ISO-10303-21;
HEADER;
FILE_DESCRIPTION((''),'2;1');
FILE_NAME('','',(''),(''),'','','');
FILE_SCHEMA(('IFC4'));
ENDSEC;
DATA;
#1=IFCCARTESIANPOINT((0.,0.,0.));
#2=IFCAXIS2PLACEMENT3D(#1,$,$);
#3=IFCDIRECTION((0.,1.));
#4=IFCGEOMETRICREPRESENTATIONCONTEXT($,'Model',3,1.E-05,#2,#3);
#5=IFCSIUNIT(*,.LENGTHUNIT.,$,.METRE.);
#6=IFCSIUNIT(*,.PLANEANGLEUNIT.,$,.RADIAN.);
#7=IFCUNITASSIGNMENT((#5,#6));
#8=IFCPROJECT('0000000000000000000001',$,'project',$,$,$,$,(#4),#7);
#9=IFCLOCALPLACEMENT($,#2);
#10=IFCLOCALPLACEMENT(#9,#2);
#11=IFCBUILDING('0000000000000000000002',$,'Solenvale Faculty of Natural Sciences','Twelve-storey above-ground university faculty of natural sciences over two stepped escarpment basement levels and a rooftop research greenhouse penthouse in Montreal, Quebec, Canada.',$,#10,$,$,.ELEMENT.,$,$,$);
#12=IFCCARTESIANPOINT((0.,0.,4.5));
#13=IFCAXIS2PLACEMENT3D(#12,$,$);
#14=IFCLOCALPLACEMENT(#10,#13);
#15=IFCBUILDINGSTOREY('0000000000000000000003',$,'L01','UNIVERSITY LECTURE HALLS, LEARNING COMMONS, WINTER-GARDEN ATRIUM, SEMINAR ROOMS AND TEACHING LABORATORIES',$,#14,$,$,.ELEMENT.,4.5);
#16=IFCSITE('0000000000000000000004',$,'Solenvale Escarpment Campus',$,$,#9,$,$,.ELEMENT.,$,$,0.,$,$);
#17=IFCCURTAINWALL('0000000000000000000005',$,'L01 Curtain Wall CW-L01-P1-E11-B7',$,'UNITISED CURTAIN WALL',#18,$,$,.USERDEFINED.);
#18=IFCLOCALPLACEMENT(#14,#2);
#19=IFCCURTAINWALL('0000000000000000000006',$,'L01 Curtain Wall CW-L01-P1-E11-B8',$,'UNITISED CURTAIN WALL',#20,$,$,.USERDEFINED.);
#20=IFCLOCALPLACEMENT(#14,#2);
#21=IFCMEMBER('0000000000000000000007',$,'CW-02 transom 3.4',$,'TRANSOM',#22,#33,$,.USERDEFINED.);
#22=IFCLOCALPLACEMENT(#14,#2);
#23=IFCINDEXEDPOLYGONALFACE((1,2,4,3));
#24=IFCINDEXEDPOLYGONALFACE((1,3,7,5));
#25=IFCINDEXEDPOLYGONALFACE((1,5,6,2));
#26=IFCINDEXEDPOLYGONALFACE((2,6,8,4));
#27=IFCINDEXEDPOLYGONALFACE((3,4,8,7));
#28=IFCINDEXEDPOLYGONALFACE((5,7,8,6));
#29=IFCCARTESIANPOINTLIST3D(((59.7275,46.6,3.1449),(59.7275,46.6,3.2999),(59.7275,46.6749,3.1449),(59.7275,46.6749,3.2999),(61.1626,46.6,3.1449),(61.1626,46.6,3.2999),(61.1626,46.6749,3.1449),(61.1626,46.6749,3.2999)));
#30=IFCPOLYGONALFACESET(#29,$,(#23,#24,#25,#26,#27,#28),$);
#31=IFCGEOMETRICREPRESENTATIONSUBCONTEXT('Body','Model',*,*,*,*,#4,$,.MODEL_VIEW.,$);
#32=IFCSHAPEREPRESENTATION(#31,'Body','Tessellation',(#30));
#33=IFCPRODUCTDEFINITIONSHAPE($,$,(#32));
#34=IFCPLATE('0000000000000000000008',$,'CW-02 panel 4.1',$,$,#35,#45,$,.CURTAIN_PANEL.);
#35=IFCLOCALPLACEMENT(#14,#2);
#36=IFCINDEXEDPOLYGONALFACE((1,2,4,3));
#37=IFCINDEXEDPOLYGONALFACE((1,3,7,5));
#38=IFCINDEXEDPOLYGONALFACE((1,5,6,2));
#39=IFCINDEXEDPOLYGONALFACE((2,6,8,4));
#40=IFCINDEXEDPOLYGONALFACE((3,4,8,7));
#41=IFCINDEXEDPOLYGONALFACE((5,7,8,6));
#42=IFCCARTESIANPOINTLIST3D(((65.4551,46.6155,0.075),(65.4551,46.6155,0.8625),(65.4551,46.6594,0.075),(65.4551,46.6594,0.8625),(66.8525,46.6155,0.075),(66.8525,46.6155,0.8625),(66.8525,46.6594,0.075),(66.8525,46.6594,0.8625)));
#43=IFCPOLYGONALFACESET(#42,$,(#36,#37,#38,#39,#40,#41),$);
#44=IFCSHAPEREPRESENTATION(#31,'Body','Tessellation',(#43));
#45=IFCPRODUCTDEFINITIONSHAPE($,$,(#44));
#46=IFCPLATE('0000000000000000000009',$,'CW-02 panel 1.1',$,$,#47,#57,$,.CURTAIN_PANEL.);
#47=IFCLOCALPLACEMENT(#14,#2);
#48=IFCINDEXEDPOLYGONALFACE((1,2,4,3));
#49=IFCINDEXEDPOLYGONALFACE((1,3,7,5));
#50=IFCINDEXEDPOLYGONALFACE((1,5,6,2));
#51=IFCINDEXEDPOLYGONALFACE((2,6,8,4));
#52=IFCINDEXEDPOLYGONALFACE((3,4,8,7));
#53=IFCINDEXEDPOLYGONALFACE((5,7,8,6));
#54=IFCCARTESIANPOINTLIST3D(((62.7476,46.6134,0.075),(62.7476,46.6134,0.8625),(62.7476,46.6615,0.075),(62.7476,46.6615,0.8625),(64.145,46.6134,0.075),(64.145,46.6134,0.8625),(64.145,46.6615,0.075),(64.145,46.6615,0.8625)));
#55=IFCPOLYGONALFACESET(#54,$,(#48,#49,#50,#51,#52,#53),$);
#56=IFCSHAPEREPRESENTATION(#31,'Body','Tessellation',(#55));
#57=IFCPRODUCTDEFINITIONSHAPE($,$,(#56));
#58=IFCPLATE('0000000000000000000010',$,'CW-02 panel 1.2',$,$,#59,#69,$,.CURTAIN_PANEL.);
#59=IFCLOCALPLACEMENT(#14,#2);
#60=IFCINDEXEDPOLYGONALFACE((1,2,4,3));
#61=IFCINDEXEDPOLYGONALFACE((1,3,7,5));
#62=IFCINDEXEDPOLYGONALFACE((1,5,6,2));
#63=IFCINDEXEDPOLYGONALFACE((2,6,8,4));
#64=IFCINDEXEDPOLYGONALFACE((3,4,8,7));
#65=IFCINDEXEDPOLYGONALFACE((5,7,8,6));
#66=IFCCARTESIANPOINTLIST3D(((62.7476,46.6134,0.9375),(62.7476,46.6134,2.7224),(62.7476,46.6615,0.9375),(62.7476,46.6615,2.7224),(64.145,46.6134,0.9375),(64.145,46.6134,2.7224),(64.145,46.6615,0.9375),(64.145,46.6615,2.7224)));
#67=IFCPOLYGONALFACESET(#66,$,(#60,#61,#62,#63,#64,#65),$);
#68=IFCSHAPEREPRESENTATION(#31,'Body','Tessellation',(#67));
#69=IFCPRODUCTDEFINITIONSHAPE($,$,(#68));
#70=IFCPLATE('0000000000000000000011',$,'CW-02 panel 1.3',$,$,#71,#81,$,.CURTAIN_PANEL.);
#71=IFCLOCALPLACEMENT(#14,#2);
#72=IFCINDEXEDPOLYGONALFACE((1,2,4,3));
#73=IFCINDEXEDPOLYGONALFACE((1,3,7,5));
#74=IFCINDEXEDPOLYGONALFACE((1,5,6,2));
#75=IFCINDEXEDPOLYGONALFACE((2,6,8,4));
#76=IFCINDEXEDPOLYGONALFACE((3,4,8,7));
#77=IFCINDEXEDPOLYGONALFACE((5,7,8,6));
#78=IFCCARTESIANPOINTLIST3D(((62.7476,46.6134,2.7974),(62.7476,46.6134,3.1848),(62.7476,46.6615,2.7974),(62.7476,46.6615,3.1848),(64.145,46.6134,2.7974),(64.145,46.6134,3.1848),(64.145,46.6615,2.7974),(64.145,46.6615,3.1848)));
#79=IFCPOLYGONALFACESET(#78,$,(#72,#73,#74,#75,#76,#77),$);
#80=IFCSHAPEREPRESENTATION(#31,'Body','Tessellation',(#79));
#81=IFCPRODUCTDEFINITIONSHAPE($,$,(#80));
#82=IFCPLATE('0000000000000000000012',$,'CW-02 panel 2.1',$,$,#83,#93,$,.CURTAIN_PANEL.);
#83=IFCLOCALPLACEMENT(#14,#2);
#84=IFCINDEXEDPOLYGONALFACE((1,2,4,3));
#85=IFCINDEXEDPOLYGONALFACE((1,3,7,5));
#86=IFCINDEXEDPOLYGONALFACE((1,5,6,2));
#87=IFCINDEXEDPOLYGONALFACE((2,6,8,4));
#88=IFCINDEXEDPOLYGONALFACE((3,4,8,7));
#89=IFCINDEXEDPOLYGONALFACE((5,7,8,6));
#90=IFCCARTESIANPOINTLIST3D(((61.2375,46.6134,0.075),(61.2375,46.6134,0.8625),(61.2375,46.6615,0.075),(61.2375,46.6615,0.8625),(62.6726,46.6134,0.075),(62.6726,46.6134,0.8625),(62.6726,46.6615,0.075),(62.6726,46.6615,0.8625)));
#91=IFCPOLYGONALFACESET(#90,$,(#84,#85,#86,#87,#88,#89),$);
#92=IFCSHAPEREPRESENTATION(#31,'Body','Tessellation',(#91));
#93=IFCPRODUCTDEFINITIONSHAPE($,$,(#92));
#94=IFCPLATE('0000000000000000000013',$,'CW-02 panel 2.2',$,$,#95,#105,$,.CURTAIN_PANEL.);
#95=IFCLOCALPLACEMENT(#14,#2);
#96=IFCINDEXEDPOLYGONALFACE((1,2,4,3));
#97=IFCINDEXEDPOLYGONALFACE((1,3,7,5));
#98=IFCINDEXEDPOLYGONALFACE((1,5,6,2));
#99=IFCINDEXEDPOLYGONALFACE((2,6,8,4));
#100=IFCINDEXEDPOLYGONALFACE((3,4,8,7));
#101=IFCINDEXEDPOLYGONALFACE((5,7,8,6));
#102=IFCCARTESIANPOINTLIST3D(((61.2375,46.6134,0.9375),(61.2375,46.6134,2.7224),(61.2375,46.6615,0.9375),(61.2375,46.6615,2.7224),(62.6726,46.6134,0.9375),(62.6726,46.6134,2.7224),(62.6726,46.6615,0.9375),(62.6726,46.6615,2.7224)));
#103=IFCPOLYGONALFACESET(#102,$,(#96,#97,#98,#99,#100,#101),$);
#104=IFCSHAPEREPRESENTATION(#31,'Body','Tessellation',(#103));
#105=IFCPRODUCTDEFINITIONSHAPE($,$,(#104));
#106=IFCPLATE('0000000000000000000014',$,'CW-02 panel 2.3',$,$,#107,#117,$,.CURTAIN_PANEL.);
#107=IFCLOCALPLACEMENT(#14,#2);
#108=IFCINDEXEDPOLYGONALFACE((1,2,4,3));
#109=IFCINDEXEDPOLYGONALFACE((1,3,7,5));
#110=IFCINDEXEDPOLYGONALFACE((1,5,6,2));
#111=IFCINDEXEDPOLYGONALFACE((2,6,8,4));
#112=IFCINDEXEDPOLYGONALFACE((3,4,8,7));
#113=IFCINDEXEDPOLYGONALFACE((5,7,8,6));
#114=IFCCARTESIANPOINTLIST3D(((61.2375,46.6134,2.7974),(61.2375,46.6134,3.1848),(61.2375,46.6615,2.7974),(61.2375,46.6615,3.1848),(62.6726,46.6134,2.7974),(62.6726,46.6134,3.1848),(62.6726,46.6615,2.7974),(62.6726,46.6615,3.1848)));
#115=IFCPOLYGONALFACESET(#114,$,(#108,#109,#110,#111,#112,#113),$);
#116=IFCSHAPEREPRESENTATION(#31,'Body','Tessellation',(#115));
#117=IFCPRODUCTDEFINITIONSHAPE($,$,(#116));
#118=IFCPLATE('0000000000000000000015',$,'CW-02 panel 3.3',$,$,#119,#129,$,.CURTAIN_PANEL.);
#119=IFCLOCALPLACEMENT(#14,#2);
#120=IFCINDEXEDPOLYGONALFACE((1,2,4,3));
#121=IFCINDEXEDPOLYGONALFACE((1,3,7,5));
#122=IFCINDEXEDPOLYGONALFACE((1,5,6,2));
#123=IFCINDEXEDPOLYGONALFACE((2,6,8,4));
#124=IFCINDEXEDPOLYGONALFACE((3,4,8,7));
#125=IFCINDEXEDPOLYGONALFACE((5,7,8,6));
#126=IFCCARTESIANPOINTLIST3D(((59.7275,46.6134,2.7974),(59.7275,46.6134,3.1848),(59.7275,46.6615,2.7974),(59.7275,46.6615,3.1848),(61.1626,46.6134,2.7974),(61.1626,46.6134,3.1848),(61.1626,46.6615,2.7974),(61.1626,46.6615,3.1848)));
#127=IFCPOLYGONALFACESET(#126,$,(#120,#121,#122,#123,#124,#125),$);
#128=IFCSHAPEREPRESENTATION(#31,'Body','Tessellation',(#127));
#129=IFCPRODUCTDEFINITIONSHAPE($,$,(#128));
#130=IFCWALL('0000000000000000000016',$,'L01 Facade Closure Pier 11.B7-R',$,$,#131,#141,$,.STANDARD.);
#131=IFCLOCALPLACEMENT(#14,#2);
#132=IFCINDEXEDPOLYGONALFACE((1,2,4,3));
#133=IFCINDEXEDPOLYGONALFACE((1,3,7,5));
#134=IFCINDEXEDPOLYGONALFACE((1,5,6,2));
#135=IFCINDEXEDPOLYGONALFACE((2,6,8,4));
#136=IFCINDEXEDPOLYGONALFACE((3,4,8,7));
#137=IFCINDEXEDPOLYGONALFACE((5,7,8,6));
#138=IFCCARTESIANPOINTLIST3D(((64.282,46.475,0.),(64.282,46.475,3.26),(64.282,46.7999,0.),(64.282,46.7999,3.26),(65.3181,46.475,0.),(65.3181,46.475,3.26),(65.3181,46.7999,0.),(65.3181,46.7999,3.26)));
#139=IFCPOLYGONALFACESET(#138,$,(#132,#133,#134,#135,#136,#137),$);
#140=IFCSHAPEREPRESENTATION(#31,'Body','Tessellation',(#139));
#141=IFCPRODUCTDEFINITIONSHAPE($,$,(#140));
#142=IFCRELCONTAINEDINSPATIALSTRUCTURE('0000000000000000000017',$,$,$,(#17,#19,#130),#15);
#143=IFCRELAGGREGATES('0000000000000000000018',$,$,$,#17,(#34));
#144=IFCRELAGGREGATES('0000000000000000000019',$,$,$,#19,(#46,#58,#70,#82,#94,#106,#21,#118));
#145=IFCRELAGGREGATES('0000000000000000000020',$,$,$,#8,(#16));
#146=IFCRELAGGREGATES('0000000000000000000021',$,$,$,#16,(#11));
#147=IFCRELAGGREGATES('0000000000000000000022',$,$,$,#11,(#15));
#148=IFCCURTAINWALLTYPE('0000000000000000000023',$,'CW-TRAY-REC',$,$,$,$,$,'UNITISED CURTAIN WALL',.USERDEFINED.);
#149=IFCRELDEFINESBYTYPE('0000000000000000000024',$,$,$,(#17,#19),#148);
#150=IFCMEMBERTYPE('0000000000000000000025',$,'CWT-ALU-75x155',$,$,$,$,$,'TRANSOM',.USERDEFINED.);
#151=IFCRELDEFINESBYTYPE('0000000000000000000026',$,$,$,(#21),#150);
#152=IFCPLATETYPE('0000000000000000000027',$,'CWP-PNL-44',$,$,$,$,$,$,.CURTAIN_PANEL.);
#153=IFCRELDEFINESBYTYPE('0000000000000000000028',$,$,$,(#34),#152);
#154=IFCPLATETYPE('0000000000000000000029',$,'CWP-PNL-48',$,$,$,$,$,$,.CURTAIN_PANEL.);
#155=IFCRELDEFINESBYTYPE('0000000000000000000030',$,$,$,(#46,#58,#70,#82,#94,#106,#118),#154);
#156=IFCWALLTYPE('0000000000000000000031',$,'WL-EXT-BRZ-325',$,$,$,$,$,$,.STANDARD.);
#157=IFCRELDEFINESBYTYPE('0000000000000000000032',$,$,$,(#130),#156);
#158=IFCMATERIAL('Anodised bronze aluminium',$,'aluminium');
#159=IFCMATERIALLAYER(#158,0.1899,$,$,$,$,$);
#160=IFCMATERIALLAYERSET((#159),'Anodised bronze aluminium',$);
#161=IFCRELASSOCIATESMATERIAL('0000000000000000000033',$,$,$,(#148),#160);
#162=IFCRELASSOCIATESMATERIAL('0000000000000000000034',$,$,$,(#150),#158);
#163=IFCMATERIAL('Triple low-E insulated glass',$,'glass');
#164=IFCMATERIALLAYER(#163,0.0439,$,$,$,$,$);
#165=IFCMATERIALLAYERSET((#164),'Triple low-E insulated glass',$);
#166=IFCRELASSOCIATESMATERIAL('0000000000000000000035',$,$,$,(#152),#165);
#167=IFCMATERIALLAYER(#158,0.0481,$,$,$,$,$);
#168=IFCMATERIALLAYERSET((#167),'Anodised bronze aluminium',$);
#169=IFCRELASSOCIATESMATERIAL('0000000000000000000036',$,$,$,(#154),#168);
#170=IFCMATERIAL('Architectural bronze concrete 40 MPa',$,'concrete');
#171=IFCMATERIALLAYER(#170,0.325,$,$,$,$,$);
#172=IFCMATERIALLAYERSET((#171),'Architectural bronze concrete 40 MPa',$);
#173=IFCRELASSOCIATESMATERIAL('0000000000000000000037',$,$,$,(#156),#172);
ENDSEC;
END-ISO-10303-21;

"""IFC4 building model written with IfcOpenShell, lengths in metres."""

from ifc_helpers import new_model, si_unit, direction, frame, frame_2d, origin, origin_2d, place, context, subcontext, project, spatial, rectangle, extrude, material, layer, layer_set, material_profile, profile_set, type_object, element, aggregate, save


model = new_model("IFC4")

# Units and contexts
model_context = context("Model", 3, precision=1e-05, world=origin(), true_north=direction((0.0, 1.0)))
body_context = subcontext(model_context, "Body", "Model", "MODEL_VIEW")
ifc_project = project(units=[si_unit("LENGTHUNIT", "METRE"), si_unit("PLANEANGLEUNIT", "RADIAN")], contexts=[model_context])

# Site, building, storey
site_placement = place(None, origin())
site = spatial("IfcSite", under=ifc_project, at=site_placement, Name="Solenvale Escarpment Campus", CompositionType="ELEMENT", RefElevation=0.0)
building_placement = place(site_placement, origin())
building = spatial("IfcBuilding", under=site, at=building_placement, Name="Solenvale Faculty of Natural Sciences", Description="Twelve-storey above-ground university faculty of natural sciences over two stepped escarpment basement levels and a rooftop research greenhouse penthouse in Montreal, Quebec, Canada.", CompositionType="ELEMENT")
storey_placement = place(building_placement, frame((0.0, 0.0, 4.5)))
storey = spatial("IfcBuildingStorey", under=building, at=storey_placement, Name="L01", Description="UNIVERSITY LECTURE HALLS, LEARNING COMMONS, WINTER-GARDEN ATRIUM, SEMINAR ROOMS AND TEACHING LABORATORIES", CompositionType="ELEMENT", Elevation=4.5)

# Curtain wall
ifc_material_1 = material(Name="Anodised bronze aluminium", Category="aluminium")
ifc_layer_1 = layer(ifc_material_1, 0.1899)
ifc_layer_set_1 = layer_set([ifc_layer_1], Name="Anodised bronze aluminium")
curtain_wall_type = type_object("IfcCurtainWallType", Name="CW-TRAY-REC", ElementType="UNITISED CURTAIN WALL", PredefinedType="USERDEFINED", material=ifc_layer_set_1)
curtain_wall_1_placement = place(storey_placement, origin())
curtain_wall_1 = element("IfcCurtainWall", 1, at=curtain_wall_1_placement, inside=storey, type_object=curtain_wall_type, Name="L01 Curtain Wall CW-L01-P1-E11-B7", ObjectType="UNITISED CURTAIN WALL", PredefinedType="USERDEFINED")

# Curtain wall, member
curtain_wall_2_placement = place(storey_placement, origin())
curtain_wall_2 = element("IfcCurtainWall", 2, at=curtain_wall_2_placement, inside=storey, type_object=curtain_wall_type, Name="L01 Curtain Wall CW-L01-P1-E11-B8", ObjectType="UNITISED CURTAIN WALL", PredefinedType="USERDEFINED")
ifc_material_profile_1 = material_profile(ifc_material_1, rectangle(XDim=0.075, YDim=0.155, at=origin_2d()), Name="ALU-TRN-75x155")
ifc_profile_set_1 = profile_set([ifc_material_profile_1], Name="Anodised bronze aluminium")
member_type_1 = type_object("IfcMemberType", Name="CWT-ALU-75x155", ElementType="TRANSOM", PredefinedType="USERDEFINED", material=ifc_profile_set_1)
member_1_placement = place(storey_placement, frame((61.1626, 46.6375, 3.2224), z_axis=(-1.0, 0.0, 0.0), x_axis=(0.0, -1.0, 0.0)))
member_1 = element("IfcMember", 3, at=member_1_placement, type_object=member_type_1, Name="CW-02 transom 3.4", ObjectType="TRANSOM", PredefinedType="USERDEFINED", context=body_context, shape_type="SweptSolid", body=[
    extrude(rectangle(XDim=0.075, YDim=0.155, at=origin_2d()), origin(), (0.0, 0.0, 1.0), 1.4351),
])

# Plates
ifc_material_2 = material(Name="Triple low-E insulated glass", Category="glass")
ifc_layer_2 = layer(ifc_material_2, 0.0439)
ifc_layer_set_2 = layer_set([ifc_layer_2], Name="Triple low-E insulated glass")
plate_type_1 = type_object("IfcPlateType", Name="CWP-PNL-44", PredefinedType="CURTAIN_PANEL", material=ifc_layer_set_2)
plate_1_placement = place(storey_placement, frame((66.1538, 46.6375, 0.075), z_axis=(0.0, 0.0, 1.0), x_axis=(-1.0, 0.0, 0.0)))
plate_1 = element("IfcPlate", 4, at=plate_1_placement, type_object=plate_type_1, Name="CW-02 panel 4.1", PredefinedType="CURTAIN_PANEL", context=body_context, shape_type="SweptSolid", body=[
    extrude(rectangle(XDim=1.3975, YDim=0.0439, at=origin_2d()), origin(), (0.0, 0.0, 1.0), 0.7876),
])
aggregate(curtain_wall_1, [plate_1])
ifc_layer_3 = layer(ifc_material_1, 0.0481)
ifc_layer_set_3 = layer_set([ifc_layer_3], Name="Anodised bronze aluminium")
plate_type_2 = type_object("IfcPlateType", Name="CWP-PNL-48", PredefinedType="CURTAIN_PANEL", material=ifc_layer_set_3)
plate_2_placement = place(storey_placement, frame((63.4463, 46.6375, 0.075), z_axis=(0.0, 0.0, 1.0), x_axis=(-1.0, 0.0, 0.0)))
plate_2 = element("IfcPlate", 5, at=plate_2_placement, type_object=plate_type_2, Name="CW-02 panel 1.1", PredefinedType="CURTAIN_PANEL", context=body_context, shape_type="SweptSolid", body=[
    extrude(rectangle(XDim=1.3975, YDim=0.0481, at=origin_2d()), origin(), (0.0, 0.0, 1.0), 0.7876),
])
plate_3_placement = place(storey_placement, frame((63.4463, 46.6375, 0.9375), z_axis=(0.0, 0.0, 1.0), x_axis=(-1.0, 0.0, 0.0)))
plate_3 = element("IfcPlate", 6, at=plate_3_placement, type_object=plate_type_2, Name="CW-02 panel 1.2", PredefinedType="CURTAIN_PANEL", context=body_context, shape_type="SweptSolid", body=[
    extrude(rectangle(XDim=1.3975, YDim=0.0481, at=origin_2d()), origin(), (0.0, 0.0, 1.0), 1.7849),
])
plate_4_placement = place(storey_placement, frame((63.4463, 46.6375, 2.7974), z_axis=(0.0, 0.0, 1.0), x_axis=(-1.0, 0.0, 0.0)))
plate_4 = element("IfcPlate", 7, at=plate_4_placement, type_object=plate_type_2, Name="CW-02 panel 1.3", PredefinedType="CURTAIN_PANEL", context=body_context, shape_type="SweptSolid", body=[
    extrude(rectangle(XDim=1.3975, YDim=0.0481, at=origin_2d()), origin(), (0.0, 0.0, 1.0), 0.3875),
])
plate_5_placement = place(storey_placement, frame((61.9551, 46.6375, 0.075), z_axis=(0.0, 0.0, 1.0), x_axis=(-1.0, 0.0, 0.0)))
plate_5 = element("IfcPlate", 8, at=plate_5_placement, type_object=plate_type_2, Name="CW-02 panel 2.1", PredefinedType="CURTAIN_PANEL", context=body_context, shape_type="SweptSolid", body=[
    extrude(rectangle(XDim=1.4351, YDim=0.0481, at=origin_2d()), origin(), (0.0, 0.0, 1.0), 0.7876),
])
plate_6_placement = place(storey_placement, frame((61.9551, 46.6375, 0.9375), z_axis=(0.0, 0.0, 1.0), x_axis=(-1.0, 0.0, 0.0)))
plate_6 = element("IfcPlate", 9, at=plate_6_placement, type_object=plate_type_2, Name="CW-02 panel 2.2", PredefinedType="CURTAIN_PANEL", context=body_context, shape_type="SweptSolid", body=[
    extrude(rectangle(XDim=1.4351, YDim=0.0481, at=origin_2d()), origin(), (0.0, 0.0, 1.0), 1.7849),
])
plate_7_placement = place(storey_placement, frame((61.9551, 46.6375, 2.7974), z_axis=(0.0, 0.0, 1.0), x_axis=(-1.0, 0.0, 0.0)))
plate_7 = element("IfcPlate", 10, at=plate_7_placement, type_object=plate_type_2, Name="CW-02 panel 2.3", PredefinedType="CURTAIN_PANEL", context=body_context, shape_type="SweptSolid", body=[
    extrude(rectangle(XDim=1.4351, YDim=0.0481, at=origin_2d()), origin(), (0.0, 0.0, 1.0), 0.3875),
])
plate_8_placement = place(storey_placement, frame((60.4451, 46.6375, 2.7974), z_axis=(0.0, 0.0, 1.0), x_axis=(-1.0, 0.0, 0.0)))
plate_8 = element("IfcPlate", 11, at=plate_8_placement, type_object=plate_type_2, Name="CW-02 panel 3.3", PredefinedType="CURTAIN_PANEL", context=body_context, shape_type="SweptSolid", body=[
    extrude(rectangle(XDim=1.4351, YDim=0.0481, at=origin_2d()), origin(), (0.0, 0.0, 1.0), 0.3875),
])
aggregate(curtain_wall_2, [plate_2, plate_3, plate_4, plate_5, plate_6, plate_7, member_1, plate_8])

# Wall
ifc_material_3 = material(Name="Architectural bronze concrete 40 MPa", Category="concrete")
ifc_layer_4 = layer(ifc_material_3, 0.325)
ifc_layer_set_4 = layer_set([ifc_layer_4], Name="Architectural bronze concrete 40 MPa")
wall_type = type_object("IfcWallType", Name="WL-EXT-BRZ-325", PredefinedType="STANDARD", material=ifc_layer_set_4)
wall_placement = place(storey_placement, frame((65.3181, 46.6375, 0.0), z_axis=(0.0, 0.0, 1.0), x_axis=(-1.0, 0.0, 0.0)))
element("IfcWall", 12, at=wall_placement, inside=storey, type_object=wall_type, Name="L01 Facade Closure Pier 11.B7-R", PredefinedType="STANDARD", context=body_context, shape_type="SweptSolid", body=[
    extrude(rectangle(XDim=1.0361, YDim=0.325, at=frame_2d((0.5181, 0.0))), origin(), (0.0, 0.0, 1.0), 3.26),
])

save(model, "model.ifc")
